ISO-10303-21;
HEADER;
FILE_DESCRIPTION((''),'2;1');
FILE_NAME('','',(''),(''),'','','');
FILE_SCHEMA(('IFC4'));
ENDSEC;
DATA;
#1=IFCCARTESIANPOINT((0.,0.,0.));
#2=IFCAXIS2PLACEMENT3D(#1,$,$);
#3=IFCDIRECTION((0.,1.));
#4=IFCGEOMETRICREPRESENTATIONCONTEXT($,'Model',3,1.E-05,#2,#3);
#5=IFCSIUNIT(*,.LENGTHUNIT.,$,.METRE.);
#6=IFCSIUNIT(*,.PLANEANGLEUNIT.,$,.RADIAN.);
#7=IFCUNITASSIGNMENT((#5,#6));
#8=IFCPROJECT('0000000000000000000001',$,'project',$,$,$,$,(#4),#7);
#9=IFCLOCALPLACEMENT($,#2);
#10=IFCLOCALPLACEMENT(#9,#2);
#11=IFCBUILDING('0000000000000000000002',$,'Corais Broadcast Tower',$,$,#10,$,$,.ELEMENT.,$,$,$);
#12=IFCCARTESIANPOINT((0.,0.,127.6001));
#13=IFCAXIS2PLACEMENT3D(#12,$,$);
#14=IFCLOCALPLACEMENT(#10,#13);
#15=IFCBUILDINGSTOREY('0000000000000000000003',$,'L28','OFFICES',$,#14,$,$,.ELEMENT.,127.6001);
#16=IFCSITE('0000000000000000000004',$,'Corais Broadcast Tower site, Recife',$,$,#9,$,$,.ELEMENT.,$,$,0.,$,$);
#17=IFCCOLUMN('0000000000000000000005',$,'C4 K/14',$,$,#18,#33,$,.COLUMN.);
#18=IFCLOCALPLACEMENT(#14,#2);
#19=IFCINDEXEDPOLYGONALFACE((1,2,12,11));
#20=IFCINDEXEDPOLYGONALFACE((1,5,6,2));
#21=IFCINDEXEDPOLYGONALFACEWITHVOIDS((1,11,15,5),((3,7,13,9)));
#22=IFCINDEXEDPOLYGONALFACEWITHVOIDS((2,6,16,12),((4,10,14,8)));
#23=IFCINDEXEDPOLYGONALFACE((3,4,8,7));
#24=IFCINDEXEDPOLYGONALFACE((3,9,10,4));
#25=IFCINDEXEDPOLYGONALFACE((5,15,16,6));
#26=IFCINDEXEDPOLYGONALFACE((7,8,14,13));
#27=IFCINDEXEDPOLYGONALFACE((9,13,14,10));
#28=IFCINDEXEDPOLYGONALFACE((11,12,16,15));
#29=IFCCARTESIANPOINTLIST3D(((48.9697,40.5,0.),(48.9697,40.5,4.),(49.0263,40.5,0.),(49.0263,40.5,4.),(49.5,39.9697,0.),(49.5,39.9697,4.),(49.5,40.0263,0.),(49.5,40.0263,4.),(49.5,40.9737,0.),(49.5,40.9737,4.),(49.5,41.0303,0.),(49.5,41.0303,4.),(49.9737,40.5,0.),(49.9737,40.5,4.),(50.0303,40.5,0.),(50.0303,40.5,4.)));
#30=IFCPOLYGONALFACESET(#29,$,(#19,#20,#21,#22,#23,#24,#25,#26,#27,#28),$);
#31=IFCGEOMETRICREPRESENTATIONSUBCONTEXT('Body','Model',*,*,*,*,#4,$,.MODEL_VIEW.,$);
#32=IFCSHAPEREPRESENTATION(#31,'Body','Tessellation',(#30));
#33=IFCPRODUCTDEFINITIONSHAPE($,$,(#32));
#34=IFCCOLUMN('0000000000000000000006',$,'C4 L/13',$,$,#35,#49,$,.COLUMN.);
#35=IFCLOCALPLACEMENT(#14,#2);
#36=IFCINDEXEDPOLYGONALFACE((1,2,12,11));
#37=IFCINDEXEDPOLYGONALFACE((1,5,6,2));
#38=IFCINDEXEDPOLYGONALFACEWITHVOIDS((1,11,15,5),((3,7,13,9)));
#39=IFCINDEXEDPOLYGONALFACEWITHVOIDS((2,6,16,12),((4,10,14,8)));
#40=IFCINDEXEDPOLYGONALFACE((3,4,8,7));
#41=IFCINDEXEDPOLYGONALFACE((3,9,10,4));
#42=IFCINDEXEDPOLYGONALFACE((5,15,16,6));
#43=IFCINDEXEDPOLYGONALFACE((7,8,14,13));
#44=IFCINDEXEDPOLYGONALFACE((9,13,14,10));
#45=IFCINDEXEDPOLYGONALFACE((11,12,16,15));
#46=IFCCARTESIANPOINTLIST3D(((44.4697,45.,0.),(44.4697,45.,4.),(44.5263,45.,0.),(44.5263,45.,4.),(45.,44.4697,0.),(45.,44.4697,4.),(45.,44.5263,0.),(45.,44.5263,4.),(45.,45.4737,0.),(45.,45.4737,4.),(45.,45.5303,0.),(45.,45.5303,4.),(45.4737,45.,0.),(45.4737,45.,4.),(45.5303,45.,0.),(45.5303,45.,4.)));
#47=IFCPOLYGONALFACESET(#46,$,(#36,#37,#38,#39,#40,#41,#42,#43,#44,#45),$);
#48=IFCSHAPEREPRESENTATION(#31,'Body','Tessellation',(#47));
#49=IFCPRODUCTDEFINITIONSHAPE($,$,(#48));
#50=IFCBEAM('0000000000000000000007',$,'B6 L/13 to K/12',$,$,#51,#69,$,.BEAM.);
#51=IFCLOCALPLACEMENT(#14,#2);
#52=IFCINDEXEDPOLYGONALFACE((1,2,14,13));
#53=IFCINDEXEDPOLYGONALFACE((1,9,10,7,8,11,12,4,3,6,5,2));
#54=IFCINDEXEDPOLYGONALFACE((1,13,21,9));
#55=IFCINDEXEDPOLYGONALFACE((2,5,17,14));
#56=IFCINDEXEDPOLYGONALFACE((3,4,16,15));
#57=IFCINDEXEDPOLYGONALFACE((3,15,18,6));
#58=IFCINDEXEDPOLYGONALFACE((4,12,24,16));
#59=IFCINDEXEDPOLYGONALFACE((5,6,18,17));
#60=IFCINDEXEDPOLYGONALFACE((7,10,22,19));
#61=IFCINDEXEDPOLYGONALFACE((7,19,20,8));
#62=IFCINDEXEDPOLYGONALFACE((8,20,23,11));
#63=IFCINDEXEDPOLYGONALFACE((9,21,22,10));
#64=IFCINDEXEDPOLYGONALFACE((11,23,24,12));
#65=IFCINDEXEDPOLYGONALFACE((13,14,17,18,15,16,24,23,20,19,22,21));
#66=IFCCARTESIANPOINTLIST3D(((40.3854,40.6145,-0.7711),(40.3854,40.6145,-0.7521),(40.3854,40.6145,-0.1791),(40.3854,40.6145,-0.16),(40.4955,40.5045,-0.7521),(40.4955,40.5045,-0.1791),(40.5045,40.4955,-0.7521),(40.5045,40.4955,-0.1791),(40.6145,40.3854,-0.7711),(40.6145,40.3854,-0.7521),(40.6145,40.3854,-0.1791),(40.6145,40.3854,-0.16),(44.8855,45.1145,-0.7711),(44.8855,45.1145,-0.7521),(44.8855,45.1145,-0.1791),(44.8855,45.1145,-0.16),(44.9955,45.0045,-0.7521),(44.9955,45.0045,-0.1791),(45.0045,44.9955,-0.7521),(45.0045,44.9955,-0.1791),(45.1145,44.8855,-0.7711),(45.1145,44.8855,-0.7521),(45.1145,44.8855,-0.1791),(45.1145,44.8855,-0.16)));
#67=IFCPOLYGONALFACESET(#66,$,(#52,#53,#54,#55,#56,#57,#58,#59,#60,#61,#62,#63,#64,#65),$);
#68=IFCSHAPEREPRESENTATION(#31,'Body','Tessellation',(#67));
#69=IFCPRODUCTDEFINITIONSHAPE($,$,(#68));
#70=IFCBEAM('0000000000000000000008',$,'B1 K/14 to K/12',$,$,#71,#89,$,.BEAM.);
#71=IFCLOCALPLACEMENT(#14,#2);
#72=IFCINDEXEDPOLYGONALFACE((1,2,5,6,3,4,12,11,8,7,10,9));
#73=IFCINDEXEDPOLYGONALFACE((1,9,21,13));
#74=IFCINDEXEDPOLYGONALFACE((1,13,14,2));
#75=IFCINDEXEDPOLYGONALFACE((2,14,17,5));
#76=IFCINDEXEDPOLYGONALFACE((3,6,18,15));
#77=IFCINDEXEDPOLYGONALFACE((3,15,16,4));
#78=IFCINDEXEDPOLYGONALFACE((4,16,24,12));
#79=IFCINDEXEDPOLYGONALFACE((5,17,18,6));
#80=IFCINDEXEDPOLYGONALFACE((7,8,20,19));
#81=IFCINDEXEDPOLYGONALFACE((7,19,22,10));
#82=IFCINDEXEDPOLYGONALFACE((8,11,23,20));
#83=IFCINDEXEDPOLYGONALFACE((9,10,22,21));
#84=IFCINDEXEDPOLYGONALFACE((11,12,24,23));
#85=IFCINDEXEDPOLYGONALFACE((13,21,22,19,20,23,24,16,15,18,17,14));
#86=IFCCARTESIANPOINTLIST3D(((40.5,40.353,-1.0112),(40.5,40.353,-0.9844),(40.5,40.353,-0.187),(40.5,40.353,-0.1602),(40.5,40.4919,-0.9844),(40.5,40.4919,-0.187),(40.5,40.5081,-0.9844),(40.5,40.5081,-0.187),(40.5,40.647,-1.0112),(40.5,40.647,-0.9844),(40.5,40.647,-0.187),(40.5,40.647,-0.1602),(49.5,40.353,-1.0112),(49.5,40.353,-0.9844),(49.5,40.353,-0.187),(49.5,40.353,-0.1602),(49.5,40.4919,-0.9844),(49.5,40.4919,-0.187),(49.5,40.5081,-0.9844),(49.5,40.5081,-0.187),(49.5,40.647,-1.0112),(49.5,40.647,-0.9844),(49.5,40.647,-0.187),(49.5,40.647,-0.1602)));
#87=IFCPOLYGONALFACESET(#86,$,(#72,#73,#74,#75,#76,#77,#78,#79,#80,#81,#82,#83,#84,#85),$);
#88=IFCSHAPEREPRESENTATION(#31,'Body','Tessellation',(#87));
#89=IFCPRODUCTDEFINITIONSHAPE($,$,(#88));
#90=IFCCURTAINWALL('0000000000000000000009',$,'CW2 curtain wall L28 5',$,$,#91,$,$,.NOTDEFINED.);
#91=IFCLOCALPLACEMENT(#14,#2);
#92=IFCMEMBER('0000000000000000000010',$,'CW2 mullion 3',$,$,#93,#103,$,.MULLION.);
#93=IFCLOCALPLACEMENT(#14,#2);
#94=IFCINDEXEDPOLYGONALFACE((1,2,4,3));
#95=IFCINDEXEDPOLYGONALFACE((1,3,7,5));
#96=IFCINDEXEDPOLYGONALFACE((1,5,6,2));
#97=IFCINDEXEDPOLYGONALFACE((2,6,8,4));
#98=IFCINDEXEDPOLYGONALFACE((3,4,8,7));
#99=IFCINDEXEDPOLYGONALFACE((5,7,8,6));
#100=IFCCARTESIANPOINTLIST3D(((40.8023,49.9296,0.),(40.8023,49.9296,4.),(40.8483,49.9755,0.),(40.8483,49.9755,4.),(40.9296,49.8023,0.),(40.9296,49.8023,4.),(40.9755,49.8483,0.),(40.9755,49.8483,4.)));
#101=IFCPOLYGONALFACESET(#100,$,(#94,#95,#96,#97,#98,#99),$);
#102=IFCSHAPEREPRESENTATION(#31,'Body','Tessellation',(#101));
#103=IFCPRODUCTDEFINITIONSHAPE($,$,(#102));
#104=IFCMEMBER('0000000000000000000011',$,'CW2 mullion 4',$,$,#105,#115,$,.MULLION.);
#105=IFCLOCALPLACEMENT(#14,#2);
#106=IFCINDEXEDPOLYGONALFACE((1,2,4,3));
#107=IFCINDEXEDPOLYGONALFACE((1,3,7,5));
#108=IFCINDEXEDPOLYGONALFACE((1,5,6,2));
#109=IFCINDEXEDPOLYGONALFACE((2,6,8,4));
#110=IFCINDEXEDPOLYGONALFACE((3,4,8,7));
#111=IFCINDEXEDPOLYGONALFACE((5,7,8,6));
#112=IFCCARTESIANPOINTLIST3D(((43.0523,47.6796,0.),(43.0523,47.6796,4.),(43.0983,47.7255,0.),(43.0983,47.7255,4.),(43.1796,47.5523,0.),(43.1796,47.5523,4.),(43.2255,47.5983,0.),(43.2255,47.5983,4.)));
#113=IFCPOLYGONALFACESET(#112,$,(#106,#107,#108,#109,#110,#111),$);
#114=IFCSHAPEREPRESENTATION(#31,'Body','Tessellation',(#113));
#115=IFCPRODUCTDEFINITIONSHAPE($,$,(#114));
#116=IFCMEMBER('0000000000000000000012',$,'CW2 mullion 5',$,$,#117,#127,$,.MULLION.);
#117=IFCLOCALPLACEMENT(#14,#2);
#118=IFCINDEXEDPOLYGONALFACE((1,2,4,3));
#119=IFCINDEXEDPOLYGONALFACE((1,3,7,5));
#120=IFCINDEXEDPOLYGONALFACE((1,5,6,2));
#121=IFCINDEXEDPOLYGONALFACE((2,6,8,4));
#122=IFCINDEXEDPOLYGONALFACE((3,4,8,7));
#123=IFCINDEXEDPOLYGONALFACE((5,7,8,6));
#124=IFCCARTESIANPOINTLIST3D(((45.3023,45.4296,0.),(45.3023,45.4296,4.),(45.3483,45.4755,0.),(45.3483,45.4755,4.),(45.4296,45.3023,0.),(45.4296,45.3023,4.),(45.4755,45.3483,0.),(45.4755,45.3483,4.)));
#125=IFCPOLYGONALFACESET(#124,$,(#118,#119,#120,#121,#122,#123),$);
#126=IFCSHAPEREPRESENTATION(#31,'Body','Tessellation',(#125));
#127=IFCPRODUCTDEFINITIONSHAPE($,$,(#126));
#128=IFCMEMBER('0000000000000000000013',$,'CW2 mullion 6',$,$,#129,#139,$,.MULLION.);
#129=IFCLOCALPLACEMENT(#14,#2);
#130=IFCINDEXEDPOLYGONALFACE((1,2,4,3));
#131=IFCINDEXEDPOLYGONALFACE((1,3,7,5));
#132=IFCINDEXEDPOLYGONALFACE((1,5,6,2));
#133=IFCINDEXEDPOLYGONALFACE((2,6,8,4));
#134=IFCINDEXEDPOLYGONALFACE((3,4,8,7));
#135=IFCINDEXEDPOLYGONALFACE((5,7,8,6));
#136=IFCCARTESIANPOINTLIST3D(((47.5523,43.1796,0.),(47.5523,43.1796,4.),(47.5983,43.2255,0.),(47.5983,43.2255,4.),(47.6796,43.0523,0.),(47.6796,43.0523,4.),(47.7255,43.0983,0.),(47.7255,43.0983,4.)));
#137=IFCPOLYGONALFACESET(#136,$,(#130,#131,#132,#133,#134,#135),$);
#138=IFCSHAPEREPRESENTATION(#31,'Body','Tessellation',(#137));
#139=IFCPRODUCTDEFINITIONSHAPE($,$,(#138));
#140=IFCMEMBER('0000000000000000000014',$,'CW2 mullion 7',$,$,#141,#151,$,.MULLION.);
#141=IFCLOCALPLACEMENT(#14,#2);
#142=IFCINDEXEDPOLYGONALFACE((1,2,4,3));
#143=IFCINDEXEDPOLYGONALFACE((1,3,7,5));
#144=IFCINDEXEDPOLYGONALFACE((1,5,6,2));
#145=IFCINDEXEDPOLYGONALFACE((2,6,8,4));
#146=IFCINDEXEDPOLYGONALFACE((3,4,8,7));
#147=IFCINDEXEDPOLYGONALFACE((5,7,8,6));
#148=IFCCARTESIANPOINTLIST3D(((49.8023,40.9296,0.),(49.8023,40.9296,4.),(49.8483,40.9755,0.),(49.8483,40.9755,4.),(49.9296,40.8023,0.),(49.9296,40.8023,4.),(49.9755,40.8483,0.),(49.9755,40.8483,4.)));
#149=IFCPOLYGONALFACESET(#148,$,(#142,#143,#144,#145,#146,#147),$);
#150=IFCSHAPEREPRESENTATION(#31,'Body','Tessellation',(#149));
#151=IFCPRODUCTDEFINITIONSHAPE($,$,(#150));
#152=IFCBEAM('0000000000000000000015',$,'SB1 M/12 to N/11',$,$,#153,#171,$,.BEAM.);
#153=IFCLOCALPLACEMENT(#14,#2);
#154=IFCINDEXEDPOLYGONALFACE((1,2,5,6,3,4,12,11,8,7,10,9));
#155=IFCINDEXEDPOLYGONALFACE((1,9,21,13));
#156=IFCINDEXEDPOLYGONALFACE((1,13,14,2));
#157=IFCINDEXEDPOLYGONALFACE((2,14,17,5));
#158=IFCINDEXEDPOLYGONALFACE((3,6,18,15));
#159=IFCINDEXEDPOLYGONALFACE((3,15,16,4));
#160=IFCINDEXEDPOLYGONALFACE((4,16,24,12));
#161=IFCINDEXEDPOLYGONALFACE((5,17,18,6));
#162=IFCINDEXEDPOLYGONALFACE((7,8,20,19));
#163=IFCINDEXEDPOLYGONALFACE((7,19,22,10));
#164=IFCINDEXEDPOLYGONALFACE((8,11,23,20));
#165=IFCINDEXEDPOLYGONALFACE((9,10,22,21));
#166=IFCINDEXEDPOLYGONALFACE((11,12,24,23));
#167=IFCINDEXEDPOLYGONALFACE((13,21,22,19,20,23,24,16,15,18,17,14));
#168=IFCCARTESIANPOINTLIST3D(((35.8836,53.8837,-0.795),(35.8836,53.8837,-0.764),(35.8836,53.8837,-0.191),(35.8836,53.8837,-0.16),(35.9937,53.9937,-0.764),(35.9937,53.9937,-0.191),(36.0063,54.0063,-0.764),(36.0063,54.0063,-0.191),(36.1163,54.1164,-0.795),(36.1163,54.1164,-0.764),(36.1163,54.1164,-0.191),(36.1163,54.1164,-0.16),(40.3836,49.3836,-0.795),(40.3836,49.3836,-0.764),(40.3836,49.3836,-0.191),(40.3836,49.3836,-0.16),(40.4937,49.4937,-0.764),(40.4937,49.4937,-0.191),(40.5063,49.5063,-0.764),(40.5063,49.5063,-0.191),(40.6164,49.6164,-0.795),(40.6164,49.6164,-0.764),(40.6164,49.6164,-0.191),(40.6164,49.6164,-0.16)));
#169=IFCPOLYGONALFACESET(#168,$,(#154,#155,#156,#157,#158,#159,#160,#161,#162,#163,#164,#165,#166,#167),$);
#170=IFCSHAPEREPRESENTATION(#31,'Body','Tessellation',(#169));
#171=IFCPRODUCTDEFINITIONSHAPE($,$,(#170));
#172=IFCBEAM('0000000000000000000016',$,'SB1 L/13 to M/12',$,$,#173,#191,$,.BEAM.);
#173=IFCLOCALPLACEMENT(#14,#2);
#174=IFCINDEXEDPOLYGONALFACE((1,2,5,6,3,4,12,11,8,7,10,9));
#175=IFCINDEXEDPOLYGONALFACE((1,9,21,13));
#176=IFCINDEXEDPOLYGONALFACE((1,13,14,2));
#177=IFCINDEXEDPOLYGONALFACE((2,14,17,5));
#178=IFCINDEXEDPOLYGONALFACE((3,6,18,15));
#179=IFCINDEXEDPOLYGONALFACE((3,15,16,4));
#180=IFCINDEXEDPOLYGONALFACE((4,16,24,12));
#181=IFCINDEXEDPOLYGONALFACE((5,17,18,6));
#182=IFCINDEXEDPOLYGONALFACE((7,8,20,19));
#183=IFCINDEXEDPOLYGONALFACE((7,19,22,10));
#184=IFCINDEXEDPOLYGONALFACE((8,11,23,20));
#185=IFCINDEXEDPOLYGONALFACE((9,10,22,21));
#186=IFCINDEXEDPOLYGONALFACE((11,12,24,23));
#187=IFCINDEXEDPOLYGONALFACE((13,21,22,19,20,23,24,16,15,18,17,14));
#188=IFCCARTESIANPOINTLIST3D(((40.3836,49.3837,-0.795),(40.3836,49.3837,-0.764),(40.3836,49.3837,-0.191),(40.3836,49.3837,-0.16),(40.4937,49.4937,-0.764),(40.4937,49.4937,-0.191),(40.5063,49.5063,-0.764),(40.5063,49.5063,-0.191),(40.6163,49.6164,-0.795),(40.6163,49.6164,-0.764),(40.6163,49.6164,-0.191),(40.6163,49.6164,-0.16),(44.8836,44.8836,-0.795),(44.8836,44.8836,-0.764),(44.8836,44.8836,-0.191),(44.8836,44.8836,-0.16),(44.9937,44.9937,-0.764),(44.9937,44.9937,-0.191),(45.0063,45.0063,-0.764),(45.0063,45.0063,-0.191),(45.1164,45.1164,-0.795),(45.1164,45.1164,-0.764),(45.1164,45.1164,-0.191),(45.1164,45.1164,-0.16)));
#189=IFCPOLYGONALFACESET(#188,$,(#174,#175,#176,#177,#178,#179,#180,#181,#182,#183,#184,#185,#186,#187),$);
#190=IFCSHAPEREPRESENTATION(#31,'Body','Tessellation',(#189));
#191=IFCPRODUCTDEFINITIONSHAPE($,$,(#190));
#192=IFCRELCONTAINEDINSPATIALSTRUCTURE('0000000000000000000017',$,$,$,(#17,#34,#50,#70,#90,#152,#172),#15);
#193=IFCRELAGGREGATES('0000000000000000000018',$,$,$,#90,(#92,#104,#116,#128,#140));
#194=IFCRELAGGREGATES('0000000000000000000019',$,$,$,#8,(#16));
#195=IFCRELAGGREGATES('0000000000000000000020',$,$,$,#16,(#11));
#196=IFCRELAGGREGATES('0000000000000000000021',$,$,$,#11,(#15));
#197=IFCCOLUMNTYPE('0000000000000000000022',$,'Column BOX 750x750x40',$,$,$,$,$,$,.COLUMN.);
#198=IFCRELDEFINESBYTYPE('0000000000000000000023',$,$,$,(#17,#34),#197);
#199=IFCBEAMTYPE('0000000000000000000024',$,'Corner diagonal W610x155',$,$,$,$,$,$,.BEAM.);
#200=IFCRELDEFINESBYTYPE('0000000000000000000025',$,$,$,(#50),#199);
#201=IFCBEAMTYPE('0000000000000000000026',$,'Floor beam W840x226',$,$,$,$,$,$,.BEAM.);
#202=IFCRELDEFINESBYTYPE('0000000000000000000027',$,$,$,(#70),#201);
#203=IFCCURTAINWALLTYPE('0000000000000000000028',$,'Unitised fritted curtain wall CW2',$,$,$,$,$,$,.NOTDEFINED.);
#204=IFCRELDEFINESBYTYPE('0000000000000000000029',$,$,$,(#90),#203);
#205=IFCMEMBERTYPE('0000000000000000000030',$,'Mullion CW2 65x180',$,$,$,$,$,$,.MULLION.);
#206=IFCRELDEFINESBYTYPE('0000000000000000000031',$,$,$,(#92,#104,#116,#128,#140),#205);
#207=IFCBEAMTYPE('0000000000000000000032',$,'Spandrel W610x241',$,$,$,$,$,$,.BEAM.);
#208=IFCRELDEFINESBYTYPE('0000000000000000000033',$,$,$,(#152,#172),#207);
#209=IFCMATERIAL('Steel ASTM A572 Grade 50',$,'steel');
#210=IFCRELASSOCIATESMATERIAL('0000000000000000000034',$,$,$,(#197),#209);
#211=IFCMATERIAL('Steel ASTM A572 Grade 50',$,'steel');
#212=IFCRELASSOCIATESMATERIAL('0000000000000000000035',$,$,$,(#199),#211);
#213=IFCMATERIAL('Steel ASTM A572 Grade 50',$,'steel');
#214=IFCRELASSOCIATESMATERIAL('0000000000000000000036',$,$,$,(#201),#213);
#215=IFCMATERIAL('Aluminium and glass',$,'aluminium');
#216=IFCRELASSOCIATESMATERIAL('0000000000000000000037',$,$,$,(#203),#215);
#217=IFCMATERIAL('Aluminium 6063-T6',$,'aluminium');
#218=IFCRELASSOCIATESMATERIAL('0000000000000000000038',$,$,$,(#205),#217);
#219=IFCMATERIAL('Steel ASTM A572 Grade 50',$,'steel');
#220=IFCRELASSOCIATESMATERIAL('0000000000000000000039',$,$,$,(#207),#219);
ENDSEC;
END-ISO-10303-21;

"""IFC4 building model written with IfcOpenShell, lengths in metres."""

from ifc_helpers import new_model, si_unit, direction, frame, origin, origin_2d, place, context, subcontext, project, spatial, rectangle, hollow_rectangle, i_section, extrude, material, material_profile, profile_set, type_object, element, aggregate, save


model = new_model("IFC4")

# Units and contexts
model_context = context("Model", 3, precision=1e-05, world=origin(), true_north=direction((0.0, 1.0)))
body_context = subcontext(model_context, "Body", "Model", "MODEL_VIEW")
ifc_project = project(units=[si_unit("LENGTHUNIT", "METRE"), si_unit("PLANEANGLEUNIT", "RADIAN")], contexts=[model_context])

# Site, building, storey
site_placement = place(None, origin())
site = spatial("IfcSite", under=ifc_project, at=site_placement, Name="Corais Broadcast Tower site, Recife", CompositionType="ELEMENT", RefElevation=0.0)
building_placement = place(site_placement, origin())
building = spatial("IfcBuilding", under=site, at=building_placement, Name="Corais Broadcast Tower", CompositionType="ELEMENT")
storey_placement = place(building_placement, frame((0.0, 0.0, 127.6001)))
storey = spatial("IfcBuildingStorey", under=building, at=storey_placement, Name="L28", Description="OFFICES", CompositionType="ELEMENT", Elevation=127.6001)

# Columns
ifc_material_1 = material(Name="Steel ASTM A572 Grade 50", Category="steel")
ifc_material_profile_1 = material_profile(ifc_material_1, hollow_rectangle(XDim=0.75, YDim=0.75, WallThickness=0.04, at=origin_2d()), Name="BOX 750x750x40")
ifc_profile_set_1 = profile_set([ifc_material_profile_1], Name="Steel ASTM A572 Grade 50")
column_type = type_object("IfcColumnType", Name="Column BOX 750x750x40", PredefinedType="COLUMN", material=ifc_profile_set_1)
for number, where, z_axis, x_axis, name in (
    (1, (49.5, 40.5, 0.0), (0.0, 0.0, 1.0), (0.707107, 0.707107, 0.0), "C4 K/14"),
    (2, (45.0, 45.0, 0.0), (0.0, 0.0, 1.0), (0.707107, 0.707107, 0.0), "C4 L/13"),
):
    element("IfcColumn", number, at=place(storey_placement, frame(where, z_axis=z_axis, x_axis=x_axis)), inside=storey, type_object=column_type, Name=name, PredefinedType="COLUMN", context=body_context, shape_type="SweptSolid", body=[
        extrude(hollow_rectangle(XDim=0.75, YDim=0.75, WallThickness=0.04, at=origin_2d()), origin(), (0.0, 0.0, 1.0), 4.0),
    ])

# Beams
ifc_material_2 = material(Name="Steel ASTM A572 Grade 50", Category="steel")
ifc_material_profile_2 = material_profile(ifc_material_2, i_section(OverallWidth=0.324, OverallDepth=0.6111, WebThickness=0.0127, FlangeThickness=0.019, at=origin_2d()), Name="W610x155")
ifc_profile_set_2 = profile_set([ifc_material_profile_2], Name="Steel ASTM A572 Grade 50")
beam_type_1 = type_object("IfcBeamType", Name="Corner diagonal W610x155", PredefinedType="BEAM", material=ifc_profile_set_2)
beam_1_placement = place(storey_placement, frame((45.0, 45.0, -0.4656), z_axis=(-0.707107, -0.707107, 0.0), x_axis=(0.707107, -0.707107, 0.0)))
element("IfcBeam", 3, at=beam_1_placement, inside=storey, type_object=beam_type_1, Name="B6 L/13 to K/12", PredefinedType="BEAM", context=body_context, shape_type="SweptSolid", body=[
    extrude(i_section(OverallWidth=0.324, OverallDepth=0.6111, WebThickness=0.0127, FlangeThickness=0.019, at=origin_2d()), origin(), (0.0, 0.0, 1.0), 6.364),
])
ifc_material_3 = material(Name="Steel ASTM A572 Grade 50", Category="steel")
ifc_material_profile_3 = material_profile(ifc_material_3, i_section(OverallWidth=0.2939, OverallDepth=0.8511, WebThickness=0.0161, FlangeThickness=0.0269, at=origin_2d()), Name="W840x226")
ifc_profile_set_3 = profile_set([ifc_material_profile_3], Name="Steel ASTM A572 Grade 50")
beam_type_2 = type_object("IfcBeamType", Name="Floor beam W840x226", PredefinedType="BEAM", material=ifc_profile_set_3)
beam_2_placement = place(storey_placement, frame((49.5, 40.5, -0.5857), z_axis=(-1.0, 0.0, 0.0), x_axis=(0.0, -1.0, 0.0)))
element("IfcBeam", 4, at=beam_2_placement, inside=storey, type_object=beam_type_2, Name="B1 K/14 to K/12", PredefinedType="BEAM", context=body_context, shape_type="SweptSolid", body=[
    extrude(i_section(OverallWidth=0.2939, OverallDepth=0.8511, WebThickness=0.0161, FlangeThickness=0.0269, at=origin_2d()), origin(), (0.0, 0.0, 1.0), 9.0),
])

# Curtain wall, members
ifc_material_4 = material(Name="Aluminium and glass", Category="aluminium")
curtain_wall_type = type_object("IfcCurtainWallType", Name="Unitised fritted curtain wall CW2", PredefinedType="NOTDEFINED", material=ifc_material_4)
curtain_wall_placement = place(storey_placement, origin())
curtain_wall = element("IfcCurtainWall", 5, at=curtain_wall_placement, inside=storey, type_object=curtain_wall_type, Name="CW2 curtain wall L28 5", PredefinedType="NOTDEFINED")
ifc_material_5 = material(Name="Aluminium 6063-T6", Category="aluminium")
ifc_material_profile_4 = material_profile(ifc_material_5, rectangle(XDim=0.0649, YDim=0.1799, at=origin_2d()), Name="Mullion CW2 65x180")
ifc_profile_set_4 = profile_set([ifc_material_profile_4], Name="Aluminium 6063-T6")
member_type_1 = type_object("IfcMemberType", Name="Mullion CW2 65x180", PredefinedType="MULLION", material=ifc_profile_set_4)
member_1_placement = place(storey_placement, frame((40.8889, 49.8889, 0.0), z_axis=(0.0, 0.0, 1.0), x_axis=(0.707107, 0.707107, 0.0)))
member_1 = element("IfcMember", 6, at=member_1_placement, type_object=member_type_1, Name="CW2 mullion 3", PredefinedType="MULLION", context=body_context, shape_type="SweptSolid", body=[
    extrude(rectangle(XDim=0.0649, YDim=0.1799, at=origin_2d()), origin(), (0.0, 0.0, 1.0), 4.0),
])
member_2_placement = place(storey_placement, frame((43.1389, 47.6389, 0.0), z_axis=(0.0, 0.0, 1.0), x_axis=(0.707107, 0.707107, 0.0)))
member_2 = element("IfcMember", 7, at=member_2_placement, type_object=member_type_1, Name="CW2 mullion 4", PredefinedType="MULLION", context=body_context, shape_type="SweptSolid", body=[
    extrude(rectangle(XDim=0.0649, YDim=0.1799, at=origin_2d()), origin(), (0.0, 0.0, 1.0), 4.0),
])
member_3_placement = place(storey_placement, frame((45.3889, 45.3889, 0.0), z_axis=(0.0, 0.0, 1.0), x_axis=(0.707107, 0.707107, 0.0)))
member_3 = element("IfcMember", 8, at=member_3_placement, type_object=member_type_1, Name="CW2 mullion 5", PredefinedType="MULLION", context=body_context, shape_type="SweptSolid", body=[
    extrude(rectangle(XDim=0.0649, YDim=0.1799, at=origin_2d()), origin(), (0.0, 0.0, 1.0), 4.0),
])
member_4_placement = place(storey_placement, frame((47.6389, 43.1389, 0.0), z_axis=(0.0, 0.0, 1.0), x_axis=(0.707107, 0.707107, 0.0)))
member_4 = element("IfcMember", 9, at=member_4_placement, type_object=member_type_1, Name="CW2 mullion 6", PredefinedType="MULLION", context=body_context, shape_type="SweptSolid", body=[
    extrude(rectangle(XDim=0.0649, YDim=0.1799, at=origin_2d()), origin(), (0.0, 0.0, 1.0), 4.0),
])
member_5_placement = place(storey_placement, frame((49.8889, 40.8889, 0.0), z_axis=(0.0, 0.0, 1.0), x_axis=(0.707107, 0.707107, 0.0)))
member_5 = element("IfcMember", 10, at=member_5_placement, type_object=member_type_1, Name="CW2 mullion 7", PredefinedType="MULLION", context=body_context, shape_type="SweptSolid", body=[
    extrude(rectangle(XDim=0.0649, YDim=0.1799, at=origin_2d()), origin(), (0.0, 0.0, 1.0), 4.0),
])

# Beams
ifc_material_6 = material(Name="Steel ASTM A572 Grade 50", Category="steel")
ifc_material_profile_5 = material_profile(ifc_material_6, i_section(OverallWidth=0.3291, OverallDepth=0.635, WebThickness=0.0178, FlangeThickness=0.031, at=origin_2d()), Name="W610x241")
ifc_profile_set_5 = profile_set([ifc_material_profile_5], Name="Steel ASTM A572 Grade 50")
beam_type_3 = type_object("IfcBeamType", Name="Spandrel W610x241", PredefinedType="BEAM", material=ifc_profile_set_5)
for number, where, z_axis, x_axis, name in (
    (11, (40.5, 49.5, -0.4775), (-0.707107, 0.707107, 0.0), (-0.707107, -0.707107, 0.0), "SB1 M/12 to N/11"),
    (12, (45.0, 45.0, -0.4775), (-0.707107, 0.707107, 0.0), (-0.707107, -0.707107, 0.0), "SB1 L/13 to M/12"),
):
    element("IfcBeam", number, at=place(storey_placement, frame(where, z_axis=z_axis, x_axis=x_axis)), inside=storey, type_object=beam_type_3, Name=name, PredefinedType="BEAM", context=body_context, shape_type="SweptSolid", body=[
        extrude(i_section(OverallWidth=0.3291, OverallDepth=0.635, WebThickness=0.0178, FlangeThickness=0.031, at=origin_2d()), origin(), (0.0, 0.0, 1.0), 6.364),
    ])

aggregate(curtain_wall, [member_1, member_2, member_3, member_4, member_5])

save(model, "model.ifc")
